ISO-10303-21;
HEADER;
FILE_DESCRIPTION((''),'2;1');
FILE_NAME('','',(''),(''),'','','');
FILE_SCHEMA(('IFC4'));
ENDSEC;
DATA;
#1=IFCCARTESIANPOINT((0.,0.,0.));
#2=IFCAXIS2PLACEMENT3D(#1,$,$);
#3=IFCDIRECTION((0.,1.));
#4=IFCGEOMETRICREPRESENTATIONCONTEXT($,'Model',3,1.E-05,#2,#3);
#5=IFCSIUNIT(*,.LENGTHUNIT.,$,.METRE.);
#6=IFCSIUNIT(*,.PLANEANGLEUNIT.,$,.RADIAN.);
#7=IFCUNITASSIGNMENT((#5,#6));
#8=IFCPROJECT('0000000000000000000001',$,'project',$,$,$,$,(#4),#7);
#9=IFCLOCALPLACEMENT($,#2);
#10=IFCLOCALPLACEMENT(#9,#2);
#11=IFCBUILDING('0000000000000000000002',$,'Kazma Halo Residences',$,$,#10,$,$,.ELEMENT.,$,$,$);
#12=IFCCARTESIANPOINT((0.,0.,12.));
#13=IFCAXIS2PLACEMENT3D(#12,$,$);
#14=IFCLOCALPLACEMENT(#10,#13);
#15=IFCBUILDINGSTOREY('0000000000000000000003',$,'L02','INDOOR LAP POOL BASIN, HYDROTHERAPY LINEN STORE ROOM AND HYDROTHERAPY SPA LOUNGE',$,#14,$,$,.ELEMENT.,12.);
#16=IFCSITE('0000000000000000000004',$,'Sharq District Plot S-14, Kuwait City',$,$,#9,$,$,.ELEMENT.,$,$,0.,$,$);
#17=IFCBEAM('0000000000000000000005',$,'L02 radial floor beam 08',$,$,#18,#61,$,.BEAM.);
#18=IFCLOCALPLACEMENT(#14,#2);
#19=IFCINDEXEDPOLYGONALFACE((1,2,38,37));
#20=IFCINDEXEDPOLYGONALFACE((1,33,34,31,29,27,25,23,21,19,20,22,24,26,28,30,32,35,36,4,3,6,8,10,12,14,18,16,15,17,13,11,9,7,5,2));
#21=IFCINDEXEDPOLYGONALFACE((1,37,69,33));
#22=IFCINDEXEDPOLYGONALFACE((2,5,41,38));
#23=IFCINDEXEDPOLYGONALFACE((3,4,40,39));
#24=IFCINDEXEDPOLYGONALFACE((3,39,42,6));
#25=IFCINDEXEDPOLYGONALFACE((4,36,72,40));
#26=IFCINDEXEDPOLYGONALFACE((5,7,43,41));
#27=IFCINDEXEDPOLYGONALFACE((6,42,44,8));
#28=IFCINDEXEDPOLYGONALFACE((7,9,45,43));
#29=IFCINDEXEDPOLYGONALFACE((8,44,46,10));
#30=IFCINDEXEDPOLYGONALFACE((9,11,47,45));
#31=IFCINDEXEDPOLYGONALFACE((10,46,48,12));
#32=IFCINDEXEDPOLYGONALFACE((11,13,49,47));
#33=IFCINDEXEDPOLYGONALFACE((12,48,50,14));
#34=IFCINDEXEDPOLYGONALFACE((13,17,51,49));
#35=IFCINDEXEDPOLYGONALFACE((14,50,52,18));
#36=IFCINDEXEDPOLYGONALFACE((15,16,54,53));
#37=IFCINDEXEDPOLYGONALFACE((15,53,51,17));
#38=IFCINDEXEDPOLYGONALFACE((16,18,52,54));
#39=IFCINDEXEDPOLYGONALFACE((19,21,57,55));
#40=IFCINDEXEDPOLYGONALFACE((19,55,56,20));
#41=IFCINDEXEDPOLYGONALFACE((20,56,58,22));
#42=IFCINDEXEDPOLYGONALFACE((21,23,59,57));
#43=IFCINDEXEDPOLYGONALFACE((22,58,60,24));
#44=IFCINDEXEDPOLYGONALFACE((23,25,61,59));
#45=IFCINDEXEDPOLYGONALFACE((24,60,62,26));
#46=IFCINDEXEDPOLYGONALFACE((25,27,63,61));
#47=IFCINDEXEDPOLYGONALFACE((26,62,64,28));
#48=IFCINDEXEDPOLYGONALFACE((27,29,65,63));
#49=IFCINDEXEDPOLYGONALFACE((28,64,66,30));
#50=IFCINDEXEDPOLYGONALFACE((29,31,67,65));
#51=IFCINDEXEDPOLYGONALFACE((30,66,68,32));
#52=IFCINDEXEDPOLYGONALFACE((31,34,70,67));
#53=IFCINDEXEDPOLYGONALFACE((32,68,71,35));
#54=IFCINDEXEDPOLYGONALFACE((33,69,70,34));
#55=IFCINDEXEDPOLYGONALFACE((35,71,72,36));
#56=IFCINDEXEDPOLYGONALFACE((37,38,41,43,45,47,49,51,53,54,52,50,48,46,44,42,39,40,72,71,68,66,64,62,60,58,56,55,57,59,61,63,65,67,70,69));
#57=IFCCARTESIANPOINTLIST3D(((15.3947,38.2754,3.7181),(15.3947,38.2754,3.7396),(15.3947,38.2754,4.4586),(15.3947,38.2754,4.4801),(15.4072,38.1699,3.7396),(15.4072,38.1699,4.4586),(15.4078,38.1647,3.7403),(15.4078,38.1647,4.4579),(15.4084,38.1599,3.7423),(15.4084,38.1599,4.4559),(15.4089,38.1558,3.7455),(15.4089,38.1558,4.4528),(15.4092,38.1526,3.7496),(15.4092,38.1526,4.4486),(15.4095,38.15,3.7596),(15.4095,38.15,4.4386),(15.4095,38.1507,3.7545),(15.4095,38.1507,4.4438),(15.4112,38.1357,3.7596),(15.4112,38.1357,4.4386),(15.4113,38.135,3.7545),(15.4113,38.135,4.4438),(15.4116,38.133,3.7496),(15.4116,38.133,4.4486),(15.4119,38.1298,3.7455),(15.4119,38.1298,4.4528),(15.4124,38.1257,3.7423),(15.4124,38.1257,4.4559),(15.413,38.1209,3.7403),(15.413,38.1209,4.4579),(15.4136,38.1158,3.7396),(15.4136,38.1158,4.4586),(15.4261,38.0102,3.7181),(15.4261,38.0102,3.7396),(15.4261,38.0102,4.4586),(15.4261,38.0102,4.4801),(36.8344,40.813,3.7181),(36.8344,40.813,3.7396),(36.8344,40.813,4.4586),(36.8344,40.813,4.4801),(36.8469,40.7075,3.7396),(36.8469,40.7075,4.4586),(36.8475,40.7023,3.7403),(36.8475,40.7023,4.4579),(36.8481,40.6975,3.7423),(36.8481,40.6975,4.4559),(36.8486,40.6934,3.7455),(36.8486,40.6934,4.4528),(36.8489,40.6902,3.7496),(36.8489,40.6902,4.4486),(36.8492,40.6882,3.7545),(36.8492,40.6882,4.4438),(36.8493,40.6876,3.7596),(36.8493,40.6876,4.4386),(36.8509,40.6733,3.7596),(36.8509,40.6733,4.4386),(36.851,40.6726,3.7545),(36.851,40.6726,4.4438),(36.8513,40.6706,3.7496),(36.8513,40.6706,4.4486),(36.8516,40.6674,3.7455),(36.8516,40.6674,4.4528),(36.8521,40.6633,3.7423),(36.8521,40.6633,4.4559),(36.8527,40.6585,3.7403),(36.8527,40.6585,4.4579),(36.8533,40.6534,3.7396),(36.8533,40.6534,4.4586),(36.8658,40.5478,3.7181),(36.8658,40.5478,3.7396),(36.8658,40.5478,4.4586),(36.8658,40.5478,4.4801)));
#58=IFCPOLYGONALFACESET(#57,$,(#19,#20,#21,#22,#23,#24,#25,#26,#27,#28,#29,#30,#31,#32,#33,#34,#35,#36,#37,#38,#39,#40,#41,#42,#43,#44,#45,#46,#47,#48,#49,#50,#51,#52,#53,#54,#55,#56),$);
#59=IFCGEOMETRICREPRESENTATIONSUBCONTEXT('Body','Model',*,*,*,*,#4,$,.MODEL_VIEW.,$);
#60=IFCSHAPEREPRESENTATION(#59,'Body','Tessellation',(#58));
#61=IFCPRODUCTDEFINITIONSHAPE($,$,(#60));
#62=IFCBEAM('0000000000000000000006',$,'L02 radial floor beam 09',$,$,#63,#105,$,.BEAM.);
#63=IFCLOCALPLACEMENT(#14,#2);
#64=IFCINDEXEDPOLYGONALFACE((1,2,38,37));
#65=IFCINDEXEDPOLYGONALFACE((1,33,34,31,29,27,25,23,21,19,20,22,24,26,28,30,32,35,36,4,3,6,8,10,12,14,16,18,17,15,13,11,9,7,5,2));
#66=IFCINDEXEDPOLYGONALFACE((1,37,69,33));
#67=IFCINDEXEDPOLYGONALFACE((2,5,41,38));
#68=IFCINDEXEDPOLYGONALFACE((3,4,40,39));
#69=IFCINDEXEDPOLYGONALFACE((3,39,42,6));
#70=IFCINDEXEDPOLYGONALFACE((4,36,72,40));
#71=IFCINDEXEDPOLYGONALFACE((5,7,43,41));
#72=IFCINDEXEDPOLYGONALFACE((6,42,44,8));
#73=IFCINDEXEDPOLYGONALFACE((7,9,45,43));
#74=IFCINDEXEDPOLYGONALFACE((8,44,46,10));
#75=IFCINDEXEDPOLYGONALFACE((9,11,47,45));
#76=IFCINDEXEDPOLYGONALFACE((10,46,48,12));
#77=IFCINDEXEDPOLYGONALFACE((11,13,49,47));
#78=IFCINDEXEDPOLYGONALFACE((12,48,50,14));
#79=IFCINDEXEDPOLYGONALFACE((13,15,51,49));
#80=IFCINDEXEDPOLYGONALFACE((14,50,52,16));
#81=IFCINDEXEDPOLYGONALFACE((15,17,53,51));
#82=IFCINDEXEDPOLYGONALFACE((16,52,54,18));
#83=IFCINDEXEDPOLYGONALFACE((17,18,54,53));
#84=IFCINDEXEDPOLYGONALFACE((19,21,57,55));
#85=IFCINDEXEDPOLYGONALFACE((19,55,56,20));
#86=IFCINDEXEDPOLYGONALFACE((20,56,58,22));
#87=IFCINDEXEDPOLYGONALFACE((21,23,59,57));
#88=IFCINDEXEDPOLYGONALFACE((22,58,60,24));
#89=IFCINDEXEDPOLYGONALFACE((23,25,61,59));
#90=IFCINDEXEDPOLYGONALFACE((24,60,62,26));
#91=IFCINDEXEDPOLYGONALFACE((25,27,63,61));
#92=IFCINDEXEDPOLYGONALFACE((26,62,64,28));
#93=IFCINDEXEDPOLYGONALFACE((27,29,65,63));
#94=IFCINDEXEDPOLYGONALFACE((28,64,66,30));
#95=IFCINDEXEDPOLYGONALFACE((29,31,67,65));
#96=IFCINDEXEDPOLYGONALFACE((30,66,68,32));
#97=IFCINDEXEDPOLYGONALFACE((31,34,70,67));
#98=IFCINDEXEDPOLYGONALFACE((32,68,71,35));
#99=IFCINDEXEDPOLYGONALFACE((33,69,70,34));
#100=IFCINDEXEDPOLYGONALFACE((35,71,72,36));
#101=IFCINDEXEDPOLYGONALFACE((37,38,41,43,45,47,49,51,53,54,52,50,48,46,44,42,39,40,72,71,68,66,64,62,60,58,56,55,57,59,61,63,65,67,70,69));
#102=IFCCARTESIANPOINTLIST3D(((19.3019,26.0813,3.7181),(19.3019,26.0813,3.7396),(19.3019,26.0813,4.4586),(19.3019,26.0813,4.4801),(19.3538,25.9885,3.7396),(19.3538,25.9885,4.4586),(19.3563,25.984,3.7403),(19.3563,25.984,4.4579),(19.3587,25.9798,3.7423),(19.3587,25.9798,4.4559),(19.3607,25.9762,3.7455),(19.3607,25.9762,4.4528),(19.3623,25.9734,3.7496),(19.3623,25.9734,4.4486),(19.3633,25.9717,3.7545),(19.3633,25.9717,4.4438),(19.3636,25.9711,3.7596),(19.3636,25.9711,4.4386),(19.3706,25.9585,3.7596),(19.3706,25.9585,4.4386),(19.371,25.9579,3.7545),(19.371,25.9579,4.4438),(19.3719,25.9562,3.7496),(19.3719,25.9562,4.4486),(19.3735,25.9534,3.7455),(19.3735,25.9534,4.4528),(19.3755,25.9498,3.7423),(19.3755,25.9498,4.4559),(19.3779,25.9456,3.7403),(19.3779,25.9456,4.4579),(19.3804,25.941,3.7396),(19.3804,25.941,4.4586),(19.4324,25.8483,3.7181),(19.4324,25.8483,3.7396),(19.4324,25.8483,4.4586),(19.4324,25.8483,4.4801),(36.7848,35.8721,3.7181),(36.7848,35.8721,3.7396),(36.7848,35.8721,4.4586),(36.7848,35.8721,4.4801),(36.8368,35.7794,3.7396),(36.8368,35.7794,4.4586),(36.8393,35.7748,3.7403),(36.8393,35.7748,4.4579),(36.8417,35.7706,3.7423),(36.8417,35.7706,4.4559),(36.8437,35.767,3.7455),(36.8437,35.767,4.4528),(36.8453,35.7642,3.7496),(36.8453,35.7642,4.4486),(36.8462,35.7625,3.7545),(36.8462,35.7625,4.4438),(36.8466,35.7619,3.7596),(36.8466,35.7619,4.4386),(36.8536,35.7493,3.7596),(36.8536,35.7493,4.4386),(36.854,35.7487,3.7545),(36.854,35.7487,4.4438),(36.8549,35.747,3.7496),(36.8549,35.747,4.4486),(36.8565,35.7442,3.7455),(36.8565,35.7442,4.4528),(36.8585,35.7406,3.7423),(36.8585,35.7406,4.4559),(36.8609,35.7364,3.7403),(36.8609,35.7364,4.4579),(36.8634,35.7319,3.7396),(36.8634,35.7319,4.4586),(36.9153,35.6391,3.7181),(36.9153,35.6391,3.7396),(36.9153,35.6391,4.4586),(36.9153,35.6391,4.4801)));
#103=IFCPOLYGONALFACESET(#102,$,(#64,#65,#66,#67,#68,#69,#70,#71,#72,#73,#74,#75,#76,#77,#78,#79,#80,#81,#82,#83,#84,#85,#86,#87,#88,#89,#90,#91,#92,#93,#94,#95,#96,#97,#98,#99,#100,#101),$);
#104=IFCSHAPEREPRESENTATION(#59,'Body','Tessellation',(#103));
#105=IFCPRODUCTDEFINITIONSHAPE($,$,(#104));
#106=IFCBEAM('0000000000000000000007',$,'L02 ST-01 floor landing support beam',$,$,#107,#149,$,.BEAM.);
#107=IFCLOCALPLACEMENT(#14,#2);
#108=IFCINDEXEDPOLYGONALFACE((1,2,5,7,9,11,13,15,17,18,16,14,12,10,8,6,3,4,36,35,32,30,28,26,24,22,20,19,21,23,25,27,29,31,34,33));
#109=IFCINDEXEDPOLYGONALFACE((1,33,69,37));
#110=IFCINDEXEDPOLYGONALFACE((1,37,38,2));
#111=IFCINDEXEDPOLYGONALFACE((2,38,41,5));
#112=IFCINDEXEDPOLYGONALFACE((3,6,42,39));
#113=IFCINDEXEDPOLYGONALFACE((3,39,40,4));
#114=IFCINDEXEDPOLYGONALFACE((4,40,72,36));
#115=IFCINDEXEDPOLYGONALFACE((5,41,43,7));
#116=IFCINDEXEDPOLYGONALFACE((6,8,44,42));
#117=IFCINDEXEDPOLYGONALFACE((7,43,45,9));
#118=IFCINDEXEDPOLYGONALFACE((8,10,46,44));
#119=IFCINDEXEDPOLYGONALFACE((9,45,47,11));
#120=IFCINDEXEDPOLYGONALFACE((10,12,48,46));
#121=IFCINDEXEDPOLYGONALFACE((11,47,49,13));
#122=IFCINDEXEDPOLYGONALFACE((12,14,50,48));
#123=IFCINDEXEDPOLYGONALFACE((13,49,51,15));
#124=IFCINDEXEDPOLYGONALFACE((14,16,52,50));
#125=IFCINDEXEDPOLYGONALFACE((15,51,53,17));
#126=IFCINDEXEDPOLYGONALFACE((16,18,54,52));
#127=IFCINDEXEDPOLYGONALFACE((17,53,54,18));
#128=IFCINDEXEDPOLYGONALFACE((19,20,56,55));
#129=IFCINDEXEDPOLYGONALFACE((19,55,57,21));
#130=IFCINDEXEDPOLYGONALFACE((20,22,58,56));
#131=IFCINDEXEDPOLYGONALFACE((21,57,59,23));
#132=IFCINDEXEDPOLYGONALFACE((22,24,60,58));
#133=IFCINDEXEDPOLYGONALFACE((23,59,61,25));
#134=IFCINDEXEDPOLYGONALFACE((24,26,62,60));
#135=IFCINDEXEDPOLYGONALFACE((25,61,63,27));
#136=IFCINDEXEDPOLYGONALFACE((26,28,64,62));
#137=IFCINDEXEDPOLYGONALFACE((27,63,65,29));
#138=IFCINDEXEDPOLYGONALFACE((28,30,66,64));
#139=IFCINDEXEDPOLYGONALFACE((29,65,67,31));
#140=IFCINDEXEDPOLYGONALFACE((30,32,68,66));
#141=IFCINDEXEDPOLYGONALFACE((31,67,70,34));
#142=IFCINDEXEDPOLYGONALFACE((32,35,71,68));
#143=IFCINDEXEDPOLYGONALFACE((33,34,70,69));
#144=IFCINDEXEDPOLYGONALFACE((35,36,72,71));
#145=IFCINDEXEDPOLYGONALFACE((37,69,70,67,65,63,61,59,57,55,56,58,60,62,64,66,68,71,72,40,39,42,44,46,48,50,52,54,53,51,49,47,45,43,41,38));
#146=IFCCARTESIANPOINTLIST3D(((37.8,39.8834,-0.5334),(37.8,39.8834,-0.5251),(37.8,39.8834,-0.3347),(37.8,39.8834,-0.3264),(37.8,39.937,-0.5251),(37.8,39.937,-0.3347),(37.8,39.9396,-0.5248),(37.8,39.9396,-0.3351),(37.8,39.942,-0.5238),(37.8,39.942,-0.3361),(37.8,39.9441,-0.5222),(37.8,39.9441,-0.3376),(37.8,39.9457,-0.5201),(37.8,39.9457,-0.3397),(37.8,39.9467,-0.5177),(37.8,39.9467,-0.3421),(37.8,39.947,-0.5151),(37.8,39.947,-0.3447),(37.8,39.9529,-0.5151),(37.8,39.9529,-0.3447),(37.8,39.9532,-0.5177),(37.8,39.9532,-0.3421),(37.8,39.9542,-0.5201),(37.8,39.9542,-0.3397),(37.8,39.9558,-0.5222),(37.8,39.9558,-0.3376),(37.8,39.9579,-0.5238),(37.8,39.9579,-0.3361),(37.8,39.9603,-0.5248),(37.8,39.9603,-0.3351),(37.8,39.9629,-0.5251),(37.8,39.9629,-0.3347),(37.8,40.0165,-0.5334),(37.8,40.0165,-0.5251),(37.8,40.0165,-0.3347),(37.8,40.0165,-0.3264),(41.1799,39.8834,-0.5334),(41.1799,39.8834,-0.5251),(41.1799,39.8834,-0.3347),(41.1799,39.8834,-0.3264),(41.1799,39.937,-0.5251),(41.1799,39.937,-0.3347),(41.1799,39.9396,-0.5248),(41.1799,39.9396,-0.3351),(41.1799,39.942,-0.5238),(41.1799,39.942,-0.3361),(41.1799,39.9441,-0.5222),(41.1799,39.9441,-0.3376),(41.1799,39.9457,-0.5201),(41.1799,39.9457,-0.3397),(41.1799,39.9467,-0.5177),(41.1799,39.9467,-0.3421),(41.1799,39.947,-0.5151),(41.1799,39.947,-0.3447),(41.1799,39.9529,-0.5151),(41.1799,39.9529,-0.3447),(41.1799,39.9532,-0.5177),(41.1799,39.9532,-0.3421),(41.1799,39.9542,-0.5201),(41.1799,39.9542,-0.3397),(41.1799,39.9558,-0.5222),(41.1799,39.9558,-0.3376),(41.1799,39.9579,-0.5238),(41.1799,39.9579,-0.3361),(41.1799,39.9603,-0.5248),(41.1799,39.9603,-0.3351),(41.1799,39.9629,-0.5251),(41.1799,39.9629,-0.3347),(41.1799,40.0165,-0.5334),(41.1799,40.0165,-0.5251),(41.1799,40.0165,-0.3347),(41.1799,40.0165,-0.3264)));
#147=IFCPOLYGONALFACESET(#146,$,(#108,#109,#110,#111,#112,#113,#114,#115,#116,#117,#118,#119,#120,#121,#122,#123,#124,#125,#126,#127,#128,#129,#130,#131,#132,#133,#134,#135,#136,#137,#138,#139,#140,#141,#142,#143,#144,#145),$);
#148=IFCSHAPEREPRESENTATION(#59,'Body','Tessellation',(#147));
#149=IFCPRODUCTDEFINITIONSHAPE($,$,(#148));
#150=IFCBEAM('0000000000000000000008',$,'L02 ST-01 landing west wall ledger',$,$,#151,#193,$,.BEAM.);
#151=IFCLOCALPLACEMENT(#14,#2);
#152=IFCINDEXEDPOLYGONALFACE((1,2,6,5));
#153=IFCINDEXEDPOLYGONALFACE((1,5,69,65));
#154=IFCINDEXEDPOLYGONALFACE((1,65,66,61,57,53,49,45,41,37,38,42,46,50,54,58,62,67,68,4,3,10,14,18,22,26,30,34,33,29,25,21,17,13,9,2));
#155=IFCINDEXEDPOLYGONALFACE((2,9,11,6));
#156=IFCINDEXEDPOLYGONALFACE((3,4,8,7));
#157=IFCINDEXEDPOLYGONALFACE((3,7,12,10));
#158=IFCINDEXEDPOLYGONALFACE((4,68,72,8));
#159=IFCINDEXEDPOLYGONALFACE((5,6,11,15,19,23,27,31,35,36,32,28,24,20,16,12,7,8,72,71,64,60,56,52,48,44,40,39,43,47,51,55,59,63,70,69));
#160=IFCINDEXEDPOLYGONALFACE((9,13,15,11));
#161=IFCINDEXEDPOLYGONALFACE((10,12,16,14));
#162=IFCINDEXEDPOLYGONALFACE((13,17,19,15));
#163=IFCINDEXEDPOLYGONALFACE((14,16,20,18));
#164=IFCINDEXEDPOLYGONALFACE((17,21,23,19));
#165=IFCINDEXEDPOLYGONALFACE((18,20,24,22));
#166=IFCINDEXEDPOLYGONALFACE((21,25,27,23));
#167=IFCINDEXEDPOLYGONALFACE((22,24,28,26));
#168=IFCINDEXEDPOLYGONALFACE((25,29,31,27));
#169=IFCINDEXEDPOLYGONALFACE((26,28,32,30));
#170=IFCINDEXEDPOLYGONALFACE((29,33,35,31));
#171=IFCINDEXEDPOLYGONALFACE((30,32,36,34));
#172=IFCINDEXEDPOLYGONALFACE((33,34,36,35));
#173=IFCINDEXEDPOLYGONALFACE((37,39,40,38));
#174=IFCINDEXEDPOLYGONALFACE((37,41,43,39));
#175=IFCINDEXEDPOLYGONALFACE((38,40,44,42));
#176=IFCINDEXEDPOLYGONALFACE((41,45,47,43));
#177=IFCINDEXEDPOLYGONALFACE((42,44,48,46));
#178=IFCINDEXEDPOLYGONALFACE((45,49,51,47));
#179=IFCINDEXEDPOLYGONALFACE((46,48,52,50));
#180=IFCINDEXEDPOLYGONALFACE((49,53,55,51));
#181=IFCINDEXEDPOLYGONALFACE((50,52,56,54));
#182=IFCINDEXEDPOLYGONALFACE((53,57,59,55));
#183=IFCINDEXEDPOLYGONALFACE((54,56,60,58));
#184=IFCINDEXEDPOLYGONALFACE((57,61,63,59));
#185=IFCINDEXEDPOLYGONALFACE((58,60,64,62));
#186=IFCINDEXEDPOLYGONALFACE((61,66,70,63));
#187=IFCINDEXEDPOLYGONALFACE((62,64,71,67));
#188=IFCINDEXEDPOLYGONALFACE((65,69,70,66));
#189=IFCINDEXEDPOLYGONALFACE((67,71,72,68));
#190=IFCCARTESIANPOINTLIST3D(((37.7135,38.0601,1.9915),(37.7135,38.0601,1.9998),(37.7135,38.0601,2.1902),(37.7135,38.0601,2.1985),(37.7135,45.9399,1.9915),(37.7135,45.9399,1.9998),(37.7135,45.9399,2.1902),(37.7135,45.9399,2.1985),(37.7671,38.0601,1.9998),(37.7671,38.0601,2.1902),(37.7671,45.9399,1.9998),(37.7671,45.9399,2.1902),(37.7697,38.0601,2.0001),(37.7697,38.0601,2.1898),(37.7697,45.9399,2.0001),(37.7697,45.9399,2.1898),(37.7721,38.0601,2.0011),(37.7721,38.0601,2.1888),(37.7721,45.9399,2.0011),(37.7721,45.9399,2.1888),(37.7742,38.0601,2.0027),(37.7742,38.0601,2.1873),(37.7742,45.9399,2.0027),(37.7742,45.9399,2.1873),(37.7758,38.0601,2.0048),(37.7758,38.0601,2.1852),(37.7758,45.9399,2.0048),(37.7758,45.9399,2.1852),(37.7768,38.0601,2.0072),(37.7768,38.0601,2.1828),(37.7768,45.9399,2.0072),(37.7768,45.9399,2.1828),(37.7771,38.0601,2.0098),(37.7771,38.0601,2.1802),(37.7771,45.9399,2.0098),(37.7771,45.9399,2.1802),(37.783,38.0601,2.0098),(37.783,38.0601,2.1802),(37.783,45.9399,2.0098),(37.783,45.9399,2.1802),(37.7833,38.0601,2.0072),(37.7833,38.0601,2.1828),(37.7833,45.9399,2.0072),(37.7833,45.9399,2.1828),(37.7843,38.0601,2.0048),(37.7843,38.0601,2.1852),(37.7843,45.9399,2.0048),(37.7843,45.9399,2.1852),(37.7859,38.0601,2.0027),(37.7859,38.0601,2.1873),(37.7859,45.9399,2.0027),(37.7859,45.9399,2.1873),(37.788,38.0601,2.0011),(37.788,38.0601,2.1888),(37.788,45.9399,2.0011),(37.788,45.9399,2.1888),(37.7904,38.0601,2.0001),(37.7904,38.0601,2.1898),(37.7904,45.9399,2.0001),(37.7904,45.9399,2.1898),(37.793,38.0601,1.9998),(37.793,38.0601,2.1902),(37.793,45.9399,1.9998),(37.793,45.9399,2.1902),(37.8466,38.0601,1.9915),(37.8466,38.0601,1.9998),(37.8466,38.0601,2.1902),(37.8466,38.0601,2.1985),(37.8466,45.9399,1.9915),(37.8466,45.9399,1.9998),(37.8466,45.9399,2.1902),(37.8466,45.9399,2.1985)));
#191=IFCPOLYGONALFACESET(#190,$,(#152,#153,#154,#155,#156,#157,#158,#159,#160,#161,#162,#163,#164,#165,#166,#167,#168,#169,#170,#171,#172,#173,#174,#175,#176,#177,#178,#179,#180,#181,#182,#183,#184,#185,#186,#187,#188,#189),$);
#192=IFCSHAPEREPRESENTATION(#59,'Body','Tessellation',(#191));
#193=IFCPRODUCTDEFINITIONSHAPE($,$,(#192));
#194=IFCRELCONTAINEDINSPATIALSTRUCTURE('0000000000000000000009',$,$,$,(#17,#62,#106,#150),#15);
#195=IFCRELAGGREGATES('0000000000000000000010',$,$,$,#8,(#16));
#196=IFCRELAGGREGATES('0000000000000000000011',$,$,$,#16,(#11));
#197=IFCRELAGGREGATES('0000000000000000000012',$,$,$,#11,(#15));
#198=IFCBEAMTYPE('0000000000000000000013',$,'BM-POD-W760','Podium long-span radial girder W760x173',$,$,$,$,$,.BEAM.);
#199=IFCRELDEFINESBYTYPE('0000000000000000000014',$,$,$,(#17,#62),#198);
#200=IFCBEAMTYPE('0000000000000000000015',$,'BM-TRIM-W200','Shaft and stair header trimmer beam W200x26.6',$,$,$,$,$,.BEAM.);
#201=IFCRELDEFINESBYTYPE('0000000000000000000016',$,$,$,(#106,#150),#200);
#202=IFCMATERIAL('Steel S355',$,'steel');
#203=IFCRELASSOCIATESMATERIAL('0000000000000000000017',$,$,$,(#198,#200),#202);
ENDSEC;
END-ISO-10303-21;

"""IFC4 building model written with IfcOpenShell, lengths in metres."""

from ifc_helpers import new_model, si_unit, direction, frame, origin, origin_2d, place, context, subcontext, project, spatial, i_section, extrude, material, material_profile, profile_set, type_object, element, save


model = new_model("IFC4")

# Units and contexts
model_context = context("Model", 3, precision=1e-05, world=origin(), true_north=direction((0.0, 1.0)))
body_context = subcontext(model_context, "Body", "Model", "MODEL_VIEW")
ifc_project = project(units=[si_unit("LENGTHUNIT", "METRE"), si_unit("PLANEANGLEUNIT", "RADIAN")], contexts=[model_context])

# Site, building, storey
site_placement = place(None, origin())
site = spatial("IfcSite", under=ifc_project, at=site_placement, Name="Sharq District Plot S-14, Kuwait City", CompositionType="ELEMENT", RefElevation=0.0)
building_placement = place(site_placement, origin())
building = spatial("IfcBuilding", under=site, at=building_placement, Name="Kazma Halo Residences", CompositionType="ELEMENT")
storey_placement = place(building_placement, frame((0.0, 0.0, 12.0)))
storey = spatial("IfcBuildingStorey", under=building, at=storey_placement, Name="L02", Description="INDOOR LAP POOL BASIN, HYDROTHERAPY LINEN STORE ROOM AND HYDROTHERAPY SPA LOUNGE", CompositionType="ELEMENT", Elevation=12.0)

# Beams
ifc_material_1 = material(Name="Steel S355", Category="steel")
ifc_material_profile_1 = material_profile(ifc_material_1, i_section(OverallWidth=0.2671, OverallDepth=0.762, WebThickness=0.0144, FlangeThickness=0.0215, FilletRadius=0.02, at=origin_2d()), Name="W760x173")
ifc_profile_set_1 = profile_set([ifc_material_profile_1], Name="Steel S355")
beam_type_1 = type_object("IfcBeamType", Name="BM-POD-W760", Description="Podium long-span radial girder W760x173", PredefinedType="BEAM", material=ifc_profile_set_1)
beam_1_placement = place(storey_placement, frame((36.8501, 40.6804, 4.0991), z_axis=(-0.993068, -0.117539, 0.0), x_axis=(0.117539, -0.993068, 0.0)))
element("IfcBeam", 1, at=beam_1_placement, inside=storey, type_object=beam_type_1, Name="L02 radial floor beam 08", PredefinedType="BEAM", context=body_context, shape_type="SweptSolid", body=[
    extrude(i_section(OverallWidth=0.2671, OverallDepth=0.762, WebThickness=0.0144, FlangeThickness=0.0215, FilletRadius=0.02, at=origin_2d()), origin(), (0.0, 0.0, 1.0), 21.5894),
])
beam_2_placement = place(storey_placement, frame((36.8501, 35.7556, 4.0991), z_axis=(-0.872499, -0.488616, 0.0), x_axis=(0.488616, -0.872499, 0.0)))
element("IfcBeam", 2, at=beam_2_placement, inside=storey, type_object=beam_type_1, Name="L02 radial floor beam 09", PredefinedType="BEAM", context=body_context, shape_type="SweptSolid", body=[
    extrude(i_section(OverallWidth=0.2671, OverallDepth=0.762, WebThickness=0.0144, FlangeThickness=0.0215, FilletRadius=0.02, at=origin_2d()), origin(), (0.0, 0.0, 1.0), 20.0378),
])
ifc_material_profile_2 = material_profile(ifc_material_1, i_section(OverallWidth=0.1331, OverallDepth=0.207, WebThickness=0.0059, FlangeThickness=0.0083, FilletRadius=0.01, at=origin_2d()), Name="W200x26.6")
ifc_profile_set_2 = profile_set([ifc_material_profile_2], Name="Steel S355")
beam_type_2 = type_object("IfcBeamType", Name="BM-TRIM-W200", Description="Shaft and stair header trimmer beam W200x26.6", PredefinedType="BEAM", material=ifc_profile_set_2)
beam_3_placement = place(storey_placement, frame((37.8, 39.95, -0.4299), z_axis=(1.0, 0.0, 0.0), x_axis=(0.0, 1.0, 0.0)))
element("IfcBeam", 3, at=beam_3_placement, inside=storey, type_object=beam_type_2, Name="L02 ST-01 floor landing support beam", PredefinedType="BEAM", context=body_context, shape_type="SweptSolid", body=[
    extrude(i_section(OverallWidth=0.1331, OverallDepth=0.207, WebThickness=0.0059, FlangeThickness=0.0083, FilletRadius=0.01, at=origin_2d()), origin(), (0.0, 0.0, 1.0), 3.3799),
])
beam_4_placement = place(storey_placement, frame((37.78, 38.0601, 2.095), z_axis=(0.0, 1.0, 0.0), x_axis=(-1.0, 0.0, 0.0)))
element("IfcBeam", 4, at=beam_4_placement, inside=storey, type_object=beam_type_2, Name="L02 ST-01 landing west wall ledger", PredefinedType="BEAM", context=body_context, shape_type="SweptSolid", body=[
    extrude(i_section(OverallWidth=0.1331, OverallDepth=0.207, WebThickness=0.0059, FlangeThickness=0.0083, FilletRadius=0.01, at=origin_2d()), origin(), (0.0, 0.0, 1.0), 7.8799),
])

save(model, "model.ifc")
